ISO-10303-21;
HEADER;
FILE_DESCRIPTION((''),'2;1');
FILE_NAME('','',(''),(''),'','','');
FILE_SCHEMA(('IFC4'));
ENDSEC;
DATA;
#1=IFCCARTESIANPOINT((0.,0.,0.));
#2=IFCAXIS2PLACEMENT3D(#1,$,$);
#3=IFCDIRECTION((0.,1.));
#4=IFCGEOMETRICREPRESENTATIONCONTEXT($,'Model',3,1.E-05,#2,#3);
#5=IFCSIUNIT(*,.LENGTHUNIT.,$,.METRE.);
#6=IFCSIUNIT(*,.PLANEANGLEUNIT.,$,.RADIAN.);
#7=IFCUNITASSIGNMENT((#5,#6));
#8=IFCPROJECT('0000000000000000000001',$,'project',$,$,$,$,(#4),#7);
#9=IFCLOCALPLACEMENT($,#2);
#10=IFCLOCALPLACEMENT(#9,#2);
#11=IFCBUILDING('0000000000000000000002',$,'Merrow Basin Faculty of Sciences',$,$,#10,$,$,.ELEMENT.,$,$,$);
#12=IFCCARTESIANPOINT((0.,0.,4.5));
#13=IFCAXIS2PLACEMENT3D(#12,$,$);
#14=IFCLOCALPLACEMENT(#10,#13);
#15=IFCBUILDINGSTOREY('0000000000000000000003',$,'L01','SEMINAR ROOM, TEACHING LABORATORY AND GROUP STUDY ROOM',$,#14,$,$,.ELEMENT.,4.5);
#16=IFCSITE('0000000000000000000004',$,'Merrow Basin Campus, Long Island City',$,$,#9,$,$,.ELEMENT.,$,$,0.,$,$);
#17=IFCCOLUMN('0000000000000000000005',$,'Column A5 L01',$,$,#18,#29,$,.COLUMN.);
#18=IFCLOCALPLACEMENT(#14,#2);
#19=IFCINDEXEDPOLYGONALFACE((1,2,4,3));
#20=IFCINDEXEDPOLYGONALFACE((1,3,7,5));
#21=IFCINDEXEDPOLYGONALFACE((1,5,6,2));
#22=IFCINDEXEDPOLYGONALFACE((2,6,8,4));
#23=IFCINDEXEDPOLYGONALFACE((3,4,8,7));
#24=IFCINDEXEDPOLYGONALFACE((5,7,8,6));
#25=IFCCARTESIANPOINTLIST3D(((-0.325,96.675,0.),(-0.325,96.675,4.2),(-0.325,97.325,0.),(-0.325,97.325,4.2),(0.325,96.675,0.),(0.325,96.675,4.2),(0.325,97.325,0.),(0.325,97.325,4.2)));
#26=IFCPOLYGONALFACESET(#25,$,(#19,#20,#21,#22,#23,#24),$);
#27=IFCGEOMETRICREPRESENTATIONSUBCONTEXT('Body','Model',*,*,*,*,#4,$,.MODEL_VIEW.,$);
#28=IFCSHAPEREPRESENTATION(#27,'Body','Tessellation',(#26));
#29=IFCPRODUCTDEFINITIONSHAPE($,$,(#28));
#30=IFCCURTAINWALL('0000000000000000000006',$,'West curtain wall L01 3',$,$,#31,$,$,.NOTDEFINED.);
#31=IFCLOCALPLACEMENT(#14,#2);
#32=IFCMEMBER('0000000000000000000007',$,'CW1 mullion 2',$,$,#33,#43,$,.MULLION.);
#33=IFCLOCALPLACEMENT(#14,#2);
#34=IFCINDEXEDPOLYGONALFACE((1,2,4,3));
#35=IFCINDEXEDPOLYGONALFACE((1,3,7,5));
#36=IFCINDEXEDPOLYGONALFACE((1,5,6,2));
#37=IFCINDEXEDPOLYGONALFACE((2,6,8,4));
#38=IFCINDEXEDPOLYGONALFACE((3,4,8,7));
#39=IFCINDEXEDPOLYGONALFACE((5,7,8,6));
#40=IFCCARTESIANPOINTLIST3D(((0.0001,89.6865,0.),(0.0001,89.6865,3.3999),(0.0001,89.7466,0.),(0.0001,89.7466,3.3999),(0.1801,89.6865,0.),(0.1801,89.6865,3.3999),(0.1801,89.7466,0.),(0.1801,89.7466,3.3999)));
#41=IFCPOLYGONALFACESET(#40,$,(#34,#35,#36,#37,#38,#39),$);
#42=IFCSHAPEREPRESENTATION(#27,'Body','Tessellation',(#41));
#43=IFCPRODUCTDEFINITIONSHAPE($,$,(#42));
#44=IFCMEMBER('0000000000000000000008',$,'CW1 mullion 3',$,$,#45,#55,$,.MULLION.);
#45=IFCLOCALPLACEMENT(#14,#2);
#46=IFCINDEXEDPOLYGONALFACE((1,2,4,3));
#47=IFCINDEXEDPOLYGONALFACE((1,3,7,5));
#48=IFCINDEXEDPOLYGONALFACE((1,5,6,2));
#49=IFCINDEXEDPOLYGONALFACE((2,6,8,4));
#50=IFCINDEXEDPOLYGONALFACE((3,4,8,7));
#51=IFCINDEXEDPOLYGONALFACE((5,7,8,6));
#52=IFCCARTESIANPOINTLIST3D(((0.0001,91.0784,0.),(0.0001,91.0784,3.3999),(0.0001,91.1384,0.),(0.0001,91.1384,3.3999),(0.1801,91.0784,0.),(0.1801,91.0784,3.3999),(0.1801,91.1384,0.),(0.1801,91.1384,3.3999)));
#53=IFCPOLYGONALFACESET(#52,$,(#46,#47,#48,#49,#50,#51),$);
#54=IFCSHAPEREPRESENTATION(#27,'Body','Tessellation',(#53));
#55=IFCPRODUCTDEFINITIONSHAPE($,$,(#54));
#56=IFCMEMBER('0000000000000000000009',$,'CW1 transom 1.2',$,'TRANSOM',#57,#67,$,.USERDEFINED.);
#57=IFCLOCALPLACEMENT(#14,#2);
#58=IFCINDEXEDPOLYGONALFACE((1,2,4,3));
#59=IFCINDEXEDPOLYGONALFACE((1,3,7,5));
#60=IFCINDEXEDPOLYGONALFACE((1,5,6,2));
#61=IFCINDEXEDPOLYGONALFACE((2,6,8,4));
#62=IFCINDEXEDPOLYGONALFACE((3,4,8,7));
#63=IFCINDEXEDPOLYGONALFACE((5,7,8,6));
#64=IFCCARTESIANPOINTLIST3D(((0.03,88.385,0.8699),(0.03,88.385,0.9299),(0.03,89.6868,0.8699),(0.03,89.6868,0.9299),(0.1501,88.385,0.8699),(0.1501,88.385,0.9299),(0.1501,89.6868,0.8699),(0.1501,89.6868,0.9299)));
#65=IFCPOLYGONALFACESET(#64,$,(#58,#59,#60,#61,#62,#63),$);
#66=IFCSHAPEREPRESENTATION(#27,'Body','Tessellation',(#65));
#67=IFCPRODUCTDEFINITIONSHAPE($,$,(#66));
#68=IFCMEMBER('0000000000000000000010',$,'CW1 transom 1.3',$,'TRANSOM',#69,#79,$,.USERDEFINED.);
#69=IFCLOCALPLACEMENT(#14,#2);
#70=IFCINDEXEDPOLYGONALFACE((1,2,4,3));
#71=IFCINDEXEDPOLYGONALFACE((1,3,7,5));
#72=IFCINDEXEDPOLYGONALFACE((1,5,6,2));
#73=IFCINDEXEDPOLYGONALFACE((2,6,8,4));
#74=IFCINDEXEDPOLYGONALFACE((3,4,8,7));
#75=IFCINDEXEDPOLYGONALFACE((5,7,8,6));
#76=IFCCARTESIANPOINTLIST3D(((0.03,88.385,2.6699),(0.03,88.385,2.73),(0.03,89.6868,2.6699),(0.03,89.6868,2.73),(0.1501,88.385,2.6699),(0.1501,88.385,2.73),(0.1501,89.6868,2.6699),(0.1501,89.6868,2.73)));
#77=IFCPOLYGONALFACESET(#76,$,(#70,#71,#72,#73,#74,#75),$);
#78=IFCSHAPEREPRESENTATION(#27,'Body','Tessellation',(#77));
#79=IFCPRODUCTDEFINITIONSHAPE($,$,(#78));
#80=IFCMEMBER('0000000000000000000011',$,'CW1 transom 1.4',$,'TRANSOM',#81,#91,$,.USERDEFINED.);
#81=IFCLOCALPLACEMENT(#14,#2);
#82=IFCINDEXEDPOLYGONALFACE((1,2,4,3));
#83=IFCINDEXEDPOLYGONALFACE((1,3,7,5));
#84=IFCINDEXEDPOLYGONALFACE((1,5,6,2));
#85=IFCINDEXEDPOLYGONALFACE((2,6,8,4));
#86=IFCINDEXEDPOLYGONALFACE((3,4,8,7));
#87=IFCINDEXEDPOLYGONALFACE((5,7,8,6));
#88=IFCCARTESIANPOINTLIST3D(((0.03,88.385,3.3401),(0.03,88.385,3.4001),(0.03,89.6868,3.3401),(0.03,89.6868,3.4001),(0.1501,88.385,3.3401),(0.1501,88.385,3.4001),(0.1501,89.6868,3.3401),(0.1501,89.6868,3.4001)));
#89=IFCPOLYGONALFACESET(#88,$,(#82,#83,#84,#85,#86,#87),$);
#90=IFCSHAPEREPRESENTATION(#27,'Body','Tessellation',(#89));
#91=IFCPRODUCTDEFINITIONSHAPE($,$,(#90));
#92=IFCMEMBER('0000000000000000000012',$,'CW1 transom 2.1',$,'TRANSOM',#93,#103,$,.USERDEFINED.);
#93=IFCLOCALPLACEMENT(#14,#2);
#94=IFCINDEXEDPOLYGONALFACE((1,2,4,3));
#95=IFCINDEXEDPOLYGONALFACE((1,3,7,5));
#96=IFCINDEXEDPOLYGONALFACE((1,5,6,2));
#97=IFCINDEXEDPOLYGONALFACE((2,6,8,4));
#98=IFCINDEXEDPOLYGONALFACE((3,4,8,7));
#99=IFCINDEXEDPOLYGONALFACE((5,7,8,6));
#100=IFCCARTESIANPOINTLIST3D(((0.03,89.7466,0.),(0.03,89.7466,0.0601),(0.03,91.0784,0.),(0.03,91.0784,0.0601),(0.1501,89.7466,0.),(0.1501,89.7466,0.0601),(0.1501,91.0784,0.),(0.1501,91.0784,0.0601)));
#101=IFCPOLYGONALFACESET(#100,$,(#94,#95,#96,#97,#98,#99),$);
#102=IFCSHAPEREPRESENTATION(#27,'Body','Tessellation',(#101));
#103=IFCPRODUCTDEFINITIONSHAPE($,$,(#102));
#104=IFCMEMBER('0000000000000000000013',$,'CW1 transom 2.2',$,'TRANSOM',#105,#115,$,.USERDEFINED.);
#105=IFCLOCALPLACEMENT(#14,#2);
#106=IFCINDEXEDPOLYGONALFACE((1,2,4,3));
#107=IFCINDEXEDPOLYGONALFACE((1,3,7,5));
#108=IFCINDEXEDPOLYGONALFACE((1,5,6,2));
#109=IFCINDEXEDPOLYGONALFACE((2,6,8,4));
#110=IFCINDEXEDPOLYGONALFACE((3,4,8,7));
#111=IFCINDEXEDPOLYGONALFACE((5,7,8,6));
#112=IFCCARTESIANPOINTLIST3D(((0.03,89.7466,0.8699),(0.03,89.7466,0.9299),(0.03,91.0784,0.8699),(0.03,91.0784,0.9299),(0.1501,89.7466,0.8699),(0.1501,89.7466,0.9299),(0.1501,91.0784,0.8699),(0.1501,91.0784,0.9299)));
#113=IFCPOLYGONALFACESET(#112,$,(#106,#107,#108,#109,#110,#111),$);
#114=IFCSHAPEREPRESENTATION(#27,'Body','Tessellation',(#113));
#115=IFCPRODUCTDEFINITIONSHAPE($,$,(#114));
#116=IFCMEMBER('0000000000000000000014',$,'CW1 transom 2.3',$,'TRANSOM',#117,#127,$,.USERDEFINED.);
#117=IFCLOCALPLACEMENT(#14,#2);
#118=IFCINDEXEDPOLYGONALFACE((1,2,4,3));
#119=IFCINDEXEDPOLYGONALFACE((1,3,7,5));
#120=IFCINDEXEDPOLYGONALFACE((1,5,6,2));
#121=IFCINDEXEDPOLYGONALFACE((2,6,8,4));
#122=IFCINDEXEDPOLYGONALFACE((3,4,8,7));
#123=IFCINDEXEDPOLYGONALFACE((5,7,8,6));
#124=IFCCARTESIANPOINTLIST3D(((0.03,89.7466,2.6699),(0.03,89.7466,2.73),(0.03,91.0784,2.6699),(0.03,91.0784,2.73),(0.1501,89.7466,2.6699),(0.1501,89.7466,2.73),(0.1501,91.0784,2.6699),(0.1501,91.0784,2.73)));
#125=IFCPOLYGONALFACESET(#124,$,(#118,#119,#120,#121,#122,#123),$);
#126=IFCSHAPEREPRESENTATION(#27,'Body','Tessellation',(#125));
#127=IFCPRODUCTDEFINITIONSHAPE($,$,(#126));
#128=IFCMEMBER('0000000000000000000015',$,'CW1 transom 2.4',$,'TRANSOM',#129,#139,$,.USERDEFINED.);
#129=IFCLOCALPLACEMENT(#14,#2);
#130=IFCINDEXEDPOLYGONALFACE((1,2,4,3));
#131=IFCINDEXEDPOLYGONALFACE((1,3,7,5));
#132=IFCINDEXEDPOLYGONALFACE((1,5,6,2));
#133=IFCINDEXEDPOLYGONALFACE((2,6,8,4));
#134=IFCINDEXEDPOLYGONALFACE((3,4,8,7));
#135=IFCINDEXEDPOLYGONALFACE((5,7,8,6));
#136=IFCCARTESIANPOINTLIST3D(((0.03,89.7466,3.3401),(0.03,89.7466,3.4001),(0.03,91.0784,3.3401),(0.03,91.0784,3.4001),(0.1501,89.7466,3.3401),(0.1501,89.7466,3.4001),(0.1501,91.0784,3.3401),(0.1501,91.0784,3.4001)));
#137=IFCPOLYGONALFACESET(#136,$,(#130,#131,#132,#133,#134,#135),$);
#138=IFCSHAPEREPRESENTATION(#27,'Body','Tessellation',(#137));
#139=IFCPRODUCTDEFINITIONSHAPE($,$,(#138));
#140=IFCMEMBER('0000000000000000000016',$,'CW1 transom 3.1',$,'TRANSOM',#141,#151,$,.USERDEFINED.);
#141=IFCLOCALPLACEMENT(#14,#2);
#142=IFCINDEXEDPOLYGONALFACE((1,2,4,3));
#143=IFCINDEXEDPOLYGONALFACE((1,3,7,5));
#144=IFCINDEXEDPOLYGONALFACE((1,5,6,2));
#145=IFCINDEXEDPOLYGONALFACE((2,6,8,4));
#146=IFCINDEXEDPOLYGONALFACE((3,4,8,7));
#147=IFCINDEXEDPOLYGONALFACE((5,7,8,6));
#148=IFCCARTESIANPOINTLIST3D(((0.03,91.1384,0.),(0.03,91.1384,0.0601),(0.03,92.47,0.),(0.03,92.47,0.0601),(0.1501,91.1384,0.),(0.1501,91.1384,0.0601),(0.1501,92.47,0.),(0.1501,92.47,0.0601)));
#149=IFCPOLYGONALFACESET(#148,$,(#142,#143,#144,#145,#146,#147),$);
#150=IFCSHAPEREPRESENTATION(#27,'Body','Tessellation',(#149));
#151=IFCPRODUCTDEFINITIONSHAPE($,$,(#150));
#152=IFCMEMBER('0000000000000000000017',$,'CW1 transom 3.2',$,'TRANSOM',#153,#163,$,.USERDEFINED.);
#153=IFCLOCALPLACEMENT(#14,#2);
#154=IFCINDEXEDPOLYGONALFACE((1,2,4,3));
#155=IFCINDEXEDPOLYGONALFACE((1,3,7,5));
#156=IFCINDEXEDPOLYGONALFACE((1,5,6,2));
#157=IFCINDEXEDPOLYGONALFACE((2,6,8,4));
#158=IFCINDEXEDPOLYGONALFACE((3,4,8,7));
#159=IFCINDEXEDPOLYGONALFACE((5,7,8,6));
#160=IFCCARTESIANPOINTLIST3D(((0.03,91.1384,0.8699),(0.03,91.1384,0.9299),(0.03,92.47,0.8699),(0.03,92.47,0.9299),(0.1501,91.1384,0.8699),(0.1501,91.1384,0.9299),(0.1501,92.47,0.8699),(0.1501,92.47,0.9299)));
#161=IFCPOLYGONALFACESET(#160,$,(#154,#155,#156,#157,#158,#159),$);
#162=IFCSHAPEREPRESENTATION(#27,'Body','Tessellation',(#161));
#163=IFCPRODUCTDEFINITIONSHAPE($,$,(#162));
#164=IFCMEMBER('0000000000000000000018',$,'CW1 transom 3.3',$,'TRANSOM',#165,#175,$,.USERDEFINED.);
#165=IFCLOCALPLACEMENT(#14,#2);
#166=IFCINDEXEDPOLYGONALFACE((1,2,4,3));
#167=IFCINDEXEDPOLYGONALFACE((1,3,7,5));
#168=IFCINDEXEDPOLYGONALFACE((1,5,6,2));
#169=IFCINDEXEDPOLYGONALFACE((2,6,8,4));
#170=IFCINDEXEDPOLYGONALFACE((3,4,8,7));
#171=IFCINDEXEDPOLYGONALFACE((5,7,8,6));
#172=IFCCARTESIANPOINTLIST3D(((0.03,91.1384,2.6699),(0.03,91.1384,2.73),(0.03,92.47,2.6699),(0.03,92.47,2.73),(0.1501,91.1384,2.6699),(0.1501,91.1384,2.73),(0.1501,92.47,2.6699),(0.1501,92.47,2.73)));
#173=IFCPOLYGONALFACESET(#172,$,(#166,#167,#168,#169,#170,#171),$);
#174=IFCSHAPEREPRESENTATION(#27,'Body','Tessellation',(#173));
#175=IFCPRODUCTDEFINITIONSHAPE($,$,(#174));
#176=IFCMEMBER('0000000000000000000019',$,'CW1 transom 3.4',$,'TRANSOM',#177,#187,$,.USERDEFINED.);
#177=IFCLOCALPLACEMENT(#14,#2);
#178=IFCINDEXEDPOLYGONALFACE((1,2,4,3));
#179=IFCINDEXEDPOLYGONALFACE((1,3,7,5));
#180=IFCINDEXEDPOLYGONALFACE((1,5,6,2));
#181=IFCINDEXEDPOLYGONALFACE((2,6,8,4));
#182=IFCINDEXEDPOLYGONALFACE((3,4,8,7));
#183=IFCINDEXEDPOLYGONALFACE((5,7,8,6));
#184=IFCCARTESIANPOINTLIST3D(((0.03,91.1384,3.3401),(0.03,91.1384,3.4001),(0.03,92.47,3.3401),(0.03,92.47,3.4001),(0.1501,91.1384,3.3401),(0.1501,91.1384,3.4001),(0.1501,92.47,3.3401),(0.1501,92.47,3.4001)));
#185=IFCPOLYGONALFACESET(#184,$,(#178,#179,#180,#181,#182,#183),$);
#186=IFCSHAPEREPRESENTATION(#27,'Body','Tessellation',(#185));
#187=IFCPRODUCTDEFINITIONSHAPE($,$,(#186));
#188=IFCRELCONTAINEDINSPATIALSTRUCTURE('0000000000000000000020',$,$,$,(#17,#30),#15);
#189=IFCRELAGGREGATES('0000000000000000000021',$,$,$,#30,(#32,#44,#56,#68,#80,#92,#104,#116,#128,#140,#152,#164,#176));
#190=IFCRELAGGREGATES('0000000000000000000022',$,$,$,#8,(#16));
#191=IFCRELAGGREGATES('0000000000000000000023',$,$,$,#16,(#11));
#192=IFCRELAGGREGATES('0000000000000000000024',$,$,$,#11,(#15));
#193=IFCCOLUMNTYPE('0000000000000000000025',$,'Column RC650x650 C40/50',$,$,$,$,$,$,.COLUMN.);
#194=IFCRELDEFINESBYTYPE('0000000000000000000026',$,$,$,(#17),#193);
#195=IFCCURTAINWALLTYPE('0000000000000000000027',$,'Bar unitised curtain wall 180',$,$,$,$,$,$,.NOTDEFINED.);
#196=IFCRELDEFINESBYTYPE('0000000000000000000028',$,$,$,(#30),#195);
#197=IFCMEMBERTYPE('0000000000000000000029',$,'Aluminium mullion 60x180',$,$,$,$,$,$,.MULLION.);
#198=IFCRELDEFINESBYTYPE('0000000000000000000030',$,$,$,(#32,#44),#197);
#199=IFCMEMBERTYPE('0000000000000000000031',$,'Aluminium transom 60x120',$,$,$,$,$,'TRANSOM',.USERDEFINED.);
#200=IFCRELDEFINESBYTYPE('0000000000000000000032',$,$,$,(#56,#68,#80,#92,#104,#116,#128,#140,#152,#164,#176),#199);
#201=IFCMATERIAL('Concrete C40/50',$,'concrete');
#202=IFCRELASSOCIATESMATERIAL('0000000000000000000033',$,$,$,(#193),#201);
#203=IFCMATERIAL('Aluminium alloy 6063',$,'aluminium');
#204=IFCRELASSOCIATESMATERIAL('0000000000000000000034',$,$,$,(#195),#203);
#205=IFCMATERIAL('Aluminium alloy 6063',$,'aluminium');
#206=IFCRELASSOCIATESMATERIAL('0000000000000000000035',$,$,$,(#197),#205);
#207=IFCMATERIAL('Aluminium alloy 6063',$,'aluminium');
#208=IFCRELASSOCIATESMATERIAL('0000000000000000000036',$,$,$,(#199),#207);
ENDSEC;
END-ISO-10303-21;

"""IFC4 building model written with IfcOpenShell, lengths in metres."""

from ifc_helpers import new_model, si_unit, direction, frame, origin, origin_2d, place, context, subcontext, project, spatial, rectangle, extrude, material, material_profile, profile_set, type_object, element, aggregate, save


model = new_model("IFC4")

# Units and contexts
model_context = context("Model", 3, precision=1e-05, world=origin(), true_north=direction((0.0, 1.0)))
body_context = subcontext(model_context, "Body", "Model", "MODEL_VIEW")
ifc_project = project(units=[si_unit("LENGTHUNIT", "METRE"), si_unit("PLANEANGLEUNIT", "RADIAN")], contexts=[model_context])

# Site, building, storey
site_placement = place(None, origin())
site = spatial("IfcSite", under=ifc_project, at=site_placement, Name="Merrow Basin Campus, Long Island City", CompositionType="ELEMENT", RefElevation=0.0)
building_placement = place(site_placement, origin())
building = spatial("IfcBuilding", under=site, at=building_placement, Name="Merrow Basin Faculty of Sciences", CompositionType="ELEMENT")
storey_placement = place(building_placement, frame((0.0, 0.0, 4.5)))
storey = spatial("IfcBuildingStorey", under=building, at=storey_placement, Name="L01", Description="SEMINAR ROOM, TEACHING LABORATORY AND GROUP STUDY ROOM", CompositionType="ELEMENT", Elevation=4.5)

# Column
ifc_material_1 = material(Name="Concrete C40/50", Category="concrete")
ifc_material_profile_1 = material_profile(ifc_material_1, rectangle(XDim=0.6499, YDim=0.6499, at=origin_2d()))
ifc_profile_set_1 = profile_set([ifc_material_profile_1], Name="Concrete C40/50")
column_type = type_object("IfcColumnType", Name="Column RC650x650 C40/50", PredefinedType="COLUMN", material=ifc_profile_set_1)
column_placement = place(storey_placement, frame((0.0, 97.0, 0.0), z_axis=(0.0, 0.0, 1.0), x_axis=(1.0, 0.0, 0.0)))
element("IfcColumn", 1, at=column_placement, inside=storey, type_object=column_type, Name="Column A5 L01", PredefinedType="COLUMN", context=body_context, shape_type="SweptSolid", body=[
    extrude(rectangle(XDim=0.6499, YDim=0.6499, at=origin_2d()), origin(), (0.0, 0.0, 1.0), 4.2),
])

# Curtain wall, members
ifc_material_2 = material(Name="Aluminium alloy 6063", Category="aluminium")
curtain_wall_type = type_object("IfcCurtainWallType", Name="Bar unitised curtain wall 180", PredefinedType="NOTDEFINED", material=ifc_material_2)
curtain_wall_placement = place(storey_placement, origin())
curtain_wall = element("IfcCurtainWall", 2, at=curtain_wall_placement, inside=storey, type_object=curtain_wall_type, Name="West curtain wall L01 3", PredefinedType="NOTDEFINED")
ifc_material_3 = material(Name="Aluminium alloy 6063", Category="aluminium")
ifc_material_profile_2 = material_profile(ifc_material_3, rectangle(XDim=0.1799, YDim=0.0601, at=origin_2d()))
ifc_profile_set_2 = profile_set([ifc_material_profile_2], Name="Aluminium alloy 6063")
member_type_1 = type_object("IfcMemberType", Name="Aluminium mullion 60x180", PredefinedType="MULLION", material=ifc_profile_set_2)
member_1_placement = place(storey_placement, frame((0.0901, 89.7166, 0.0), z_axis=(0.0, 0.0, 1.0), x_axis=(-1.0, 0.0, 0.0)))
member_1 = element("IfcMember", 3, at=member_1_placement, type_object=member_type_1, Name="CW1 mullion 2", PredefinedType="MULLION", context=body_context, shape_type="SweptSolid", body=[
    extrude(rectangle(XDim=0.1799, YDim=0.0601, at=origin_2d()), origin(), (0.0, 0.0, 1.0), 3.3999),
])
member_2_placement = place(storey_placement, frame((0.0901, 91.1084, 0.0), z_axis=(0.0, 0.0, 1.0), x_axis=(-1.0, 0.0, 0.0)))
member_2 = element("IfcMember", 4, at=member_2_placement, type_object=member_type_1, Name="CW1 mullion 3", PredefinedType="MULLION", context=body_context, shape_type="SweptSolid", body=[
    extrude(rectangle(XDim=0.1799, YDim=0.0601, at=origin_2d()), origin(), (0.0, 0.0, 1.0), 3.3999),
])
ifc_material_4 = material(Name="Aluminium alloy 6063", Category="aluminium")
ifc_material_profile_3 = material_profile(ifc_material_4, rectangle(XDim=0.1201, YDim=0.0601, at=origin_2d()))
ifc_profile_set_3 = profile_set([ifc_material_profile_3], Name="Aluminium alloy 6063")
member_type_2 = type_object("IfcMemberType", Name="Aluminium transom 60x120", ElementType="TRANSOM", PredefinedType="USERDEFINED", material=ifc_profile_set_3)
member_3_placement = place(storey_placement, frame((0.0901, 88.385, 0.8999), z_axis=(0.0, 1.0, 0.0), x_axis=(-1.0, 0.0, 0.0)))
member_3 = element("IfcMember", 5, at=member_3_placement, type_object=member_type_2, Name="CW1 transom 1.2", ObjectType="TRANSOM", PredefinedType="USERDEFINED", context=body_context, shape_type="SweptSolid", body=[
    extrude(rectangle(XDim=0.1201, YDim=0.0601, at=origin_2d()), origin(), (0.0, 0.0, 1.0), 1.3018),
])
member_4_placement = place(storey_placement, frame((0.0901, 88.385, 2.7), z_axis=(0.0, 1.0, 0.0), x_axis=(-1.0, 0.0, 0.0)))
member_4 = element("IfcMember", 6, at=member_4_placement, type_object=member_type_2, Name="CW1 transom 1.3", ObjectType="TRANSOM", PredefinedType="USERDEFINED", context=body_context, shape_type="SweptSolid", body=[
    extrude(rectangle(XDim=0.1201, YDim=0.0601, at=origin_2d()), origin(), (0.0, 0.0, 1.0), 1.3018),
])
member_5_placement = place(storey_placement, frame((0.0901, 88.385, 3.3701), z_axis=(0.0, 1.0, 0.0), x_axis=(-1.0, 0.0, 0.0)))
member_5 = element("IfcMember", 7, at=member_5_placement, type_object=member_type_2, Name="CW1 transom 1.4", ObjectType="TRANSOM", PredefinedType="USERDEFINED", context=body_context, shape_type="SweptSolid", body=[
    extrude(rectangle(XDim=0.1201, YDim=0.0601, at=origin_2d()), origin(), (0.0, 0.0, 1.0), 1.3018),
])
member_6_placement = place(storey_placement, frame((0.0901, 89.7466, 0.03), z_axis=(0.0, 1.0, 0.0), x_axis=(-1.0, 0.0, 0.0)))
member_6 = element("IfcMember", 8, at=member_6_placement, type_object=member_type_2, Name="CW1 transom 2.1", ObjectType="TRANSOM", PredefinedType="USERDEFINED", context=body_context, shape_type="SweptSolid", body=[
    extrude(rectangle(XDim=0.1201, YDim=0.0601, at=origin_2d()), origin(), (0.0, 0.0, 1.0), 1.3318),
])
member_7_placement = place(storey_placement, frame((0.0901, 89.7466, 0.8999), z_axis=(0.0, 1.0, 0.0), x_axis=(-1.0, 0.0, 0.0)))
member_7 = element("IfcMember", 9, at=member_7_placement, type_object=member_type_2, Name="CW1 transom 2.2", ObjectType="TRANSOM", PredefinedType="USERDEFINED", context=body_context, shape_type="SweptSolid", body=[
    extrude(rectangle(XDim=0.1201, YDim=0.0601, at=origin_2d()), origin(), (0.0, 0.0, 1.0), 1.3318),
])
member_8_placement = place(storey_placement, frame((0.0901, 89.7466, 2.7), z_axis=(0.0, 1.0, 0.0), x_axis=(-1.0, 0.0, 0.0)))
member_8 = element("IfcMember", 10, at=member_8_placement, type_object=member_type_2, Name="CW1 transom 2.3", ObjectType="TRANSOM", PredefinedType="USERDEFINED", context=body_context, shape_type="SweptSolid", body=[
    extrude(rectangle(XDim=0.1201, YDim=0.0601, at=origin_2d()), origin(), (0.0, 0.0, 1.0), 1.3318),
])
member_9_placement = place(storey_placement, frame((0.0901, 89.7466, 3.3701), z_axis=(0.0, 1.0, 0.0), x_axis=(-1.0, 0.0, 0.0)))
member_9 = element("IfcMember", 11, at=member_9_placement, type_object=member_type_2, Name="CW1 transom 2.4", ObjectType="TRANSOM", PredefinedType="USERDEFINED", context=body_context, shape_type="SweptSolid", body=[
    extrude(rectangle(XDim=0.1201, YDim=0.0601, at=origin_2d()), origin(), (0.0, 0.0, 1.0), 1.3318),
])
member_10_placement = place(storey_placement, frame((0.0901, 91.1384, 0.03), z_axis=(0.0, 1.0, 0.0), x_axis=(-1.0, 0.0, 0.0)))
member_10 = element("IfcMember", 12, at=member_10_placement, type_object=member_type_2, Name="CW1 transom 3.1", ObjectType="TRANSOM", PredefinedType="USERDEFINED", context=body_context, shape_type="SweptSolid", body=[
    extrude(rectangle(XDim=0.1201, YDim=0.0601, at=origin_2d()), origin(), (0.0, 0.0, 1.0), 1.3315),
])
member_11_placement = place(storey_placement, frame((0.0901, 91.1384, 0.8999), z_axis=(0.0, 1.0, 0.0), x_axis=(-1.0, 0.0, 0.0)))
member_11 = element("IfcMember", 13, at=member_11_placement, type_object=member_type_2, Name="CW1 transom 3.2", ObjectType="TRANSOM", PredefinedType="USERDEFINED", context=body_context, shape_type="SweptSolid", body=[
    extrude(rectangle(XDim=0.1201, YDim=0.0601, at=origin_2d()), origin(), (0.0, 0.0, 1.0), 1.3315),
])
member_12_placement = place(storey_placement, frame((0.0901, 91.1384, 2.7), z_axis=(0.0, 1.0, 0.0), x_axis=(-1.0, 0.0, 0.0)))
member_12 = element("IfcMember", 14, at=member_12_placement, type_object=member_type_2, Name="CW1 transom 3.3", ObjectType="TRANSOM", PredefinedType="USERDEFINED", context=body_context, shape_type="SweptSolid", body=[
    extrude(rectangle(XDim=0.1201, YDim=0.0601, at=origin_2d()), origin(), (0.0, 0.0, 1.0), 1.3315),
])
member_13_placement = place(storey_placement, frame((0.0901, 91.1384, 3.3701), z_axis=(0.0, 1.0, 0.0), x_axis=(-1.0, 0.0, 0.0)))
member_13 = element("IfcMember", 15, at=member_13_placement, type_object=member_type_2, Name="CW1 transom 3.4", ObjectType="TRANSOM", PredefinedType="USERDEFINED", context=body_context, shape_type="SweptSolid", body=[
    extrude(rectangle(XDim=0.1201, YDim=0.0601, at=origin_2d()), origin(), (0.0, 0.0, 1.0), 1.3315),
])
aggregate(curtain_wall, [member_1, member_2, member_3, member_4, member_5, member_6, member_7, member_8, member_9, member_10, member_11, member_12, member_13])

save(model, "model.ifc")
